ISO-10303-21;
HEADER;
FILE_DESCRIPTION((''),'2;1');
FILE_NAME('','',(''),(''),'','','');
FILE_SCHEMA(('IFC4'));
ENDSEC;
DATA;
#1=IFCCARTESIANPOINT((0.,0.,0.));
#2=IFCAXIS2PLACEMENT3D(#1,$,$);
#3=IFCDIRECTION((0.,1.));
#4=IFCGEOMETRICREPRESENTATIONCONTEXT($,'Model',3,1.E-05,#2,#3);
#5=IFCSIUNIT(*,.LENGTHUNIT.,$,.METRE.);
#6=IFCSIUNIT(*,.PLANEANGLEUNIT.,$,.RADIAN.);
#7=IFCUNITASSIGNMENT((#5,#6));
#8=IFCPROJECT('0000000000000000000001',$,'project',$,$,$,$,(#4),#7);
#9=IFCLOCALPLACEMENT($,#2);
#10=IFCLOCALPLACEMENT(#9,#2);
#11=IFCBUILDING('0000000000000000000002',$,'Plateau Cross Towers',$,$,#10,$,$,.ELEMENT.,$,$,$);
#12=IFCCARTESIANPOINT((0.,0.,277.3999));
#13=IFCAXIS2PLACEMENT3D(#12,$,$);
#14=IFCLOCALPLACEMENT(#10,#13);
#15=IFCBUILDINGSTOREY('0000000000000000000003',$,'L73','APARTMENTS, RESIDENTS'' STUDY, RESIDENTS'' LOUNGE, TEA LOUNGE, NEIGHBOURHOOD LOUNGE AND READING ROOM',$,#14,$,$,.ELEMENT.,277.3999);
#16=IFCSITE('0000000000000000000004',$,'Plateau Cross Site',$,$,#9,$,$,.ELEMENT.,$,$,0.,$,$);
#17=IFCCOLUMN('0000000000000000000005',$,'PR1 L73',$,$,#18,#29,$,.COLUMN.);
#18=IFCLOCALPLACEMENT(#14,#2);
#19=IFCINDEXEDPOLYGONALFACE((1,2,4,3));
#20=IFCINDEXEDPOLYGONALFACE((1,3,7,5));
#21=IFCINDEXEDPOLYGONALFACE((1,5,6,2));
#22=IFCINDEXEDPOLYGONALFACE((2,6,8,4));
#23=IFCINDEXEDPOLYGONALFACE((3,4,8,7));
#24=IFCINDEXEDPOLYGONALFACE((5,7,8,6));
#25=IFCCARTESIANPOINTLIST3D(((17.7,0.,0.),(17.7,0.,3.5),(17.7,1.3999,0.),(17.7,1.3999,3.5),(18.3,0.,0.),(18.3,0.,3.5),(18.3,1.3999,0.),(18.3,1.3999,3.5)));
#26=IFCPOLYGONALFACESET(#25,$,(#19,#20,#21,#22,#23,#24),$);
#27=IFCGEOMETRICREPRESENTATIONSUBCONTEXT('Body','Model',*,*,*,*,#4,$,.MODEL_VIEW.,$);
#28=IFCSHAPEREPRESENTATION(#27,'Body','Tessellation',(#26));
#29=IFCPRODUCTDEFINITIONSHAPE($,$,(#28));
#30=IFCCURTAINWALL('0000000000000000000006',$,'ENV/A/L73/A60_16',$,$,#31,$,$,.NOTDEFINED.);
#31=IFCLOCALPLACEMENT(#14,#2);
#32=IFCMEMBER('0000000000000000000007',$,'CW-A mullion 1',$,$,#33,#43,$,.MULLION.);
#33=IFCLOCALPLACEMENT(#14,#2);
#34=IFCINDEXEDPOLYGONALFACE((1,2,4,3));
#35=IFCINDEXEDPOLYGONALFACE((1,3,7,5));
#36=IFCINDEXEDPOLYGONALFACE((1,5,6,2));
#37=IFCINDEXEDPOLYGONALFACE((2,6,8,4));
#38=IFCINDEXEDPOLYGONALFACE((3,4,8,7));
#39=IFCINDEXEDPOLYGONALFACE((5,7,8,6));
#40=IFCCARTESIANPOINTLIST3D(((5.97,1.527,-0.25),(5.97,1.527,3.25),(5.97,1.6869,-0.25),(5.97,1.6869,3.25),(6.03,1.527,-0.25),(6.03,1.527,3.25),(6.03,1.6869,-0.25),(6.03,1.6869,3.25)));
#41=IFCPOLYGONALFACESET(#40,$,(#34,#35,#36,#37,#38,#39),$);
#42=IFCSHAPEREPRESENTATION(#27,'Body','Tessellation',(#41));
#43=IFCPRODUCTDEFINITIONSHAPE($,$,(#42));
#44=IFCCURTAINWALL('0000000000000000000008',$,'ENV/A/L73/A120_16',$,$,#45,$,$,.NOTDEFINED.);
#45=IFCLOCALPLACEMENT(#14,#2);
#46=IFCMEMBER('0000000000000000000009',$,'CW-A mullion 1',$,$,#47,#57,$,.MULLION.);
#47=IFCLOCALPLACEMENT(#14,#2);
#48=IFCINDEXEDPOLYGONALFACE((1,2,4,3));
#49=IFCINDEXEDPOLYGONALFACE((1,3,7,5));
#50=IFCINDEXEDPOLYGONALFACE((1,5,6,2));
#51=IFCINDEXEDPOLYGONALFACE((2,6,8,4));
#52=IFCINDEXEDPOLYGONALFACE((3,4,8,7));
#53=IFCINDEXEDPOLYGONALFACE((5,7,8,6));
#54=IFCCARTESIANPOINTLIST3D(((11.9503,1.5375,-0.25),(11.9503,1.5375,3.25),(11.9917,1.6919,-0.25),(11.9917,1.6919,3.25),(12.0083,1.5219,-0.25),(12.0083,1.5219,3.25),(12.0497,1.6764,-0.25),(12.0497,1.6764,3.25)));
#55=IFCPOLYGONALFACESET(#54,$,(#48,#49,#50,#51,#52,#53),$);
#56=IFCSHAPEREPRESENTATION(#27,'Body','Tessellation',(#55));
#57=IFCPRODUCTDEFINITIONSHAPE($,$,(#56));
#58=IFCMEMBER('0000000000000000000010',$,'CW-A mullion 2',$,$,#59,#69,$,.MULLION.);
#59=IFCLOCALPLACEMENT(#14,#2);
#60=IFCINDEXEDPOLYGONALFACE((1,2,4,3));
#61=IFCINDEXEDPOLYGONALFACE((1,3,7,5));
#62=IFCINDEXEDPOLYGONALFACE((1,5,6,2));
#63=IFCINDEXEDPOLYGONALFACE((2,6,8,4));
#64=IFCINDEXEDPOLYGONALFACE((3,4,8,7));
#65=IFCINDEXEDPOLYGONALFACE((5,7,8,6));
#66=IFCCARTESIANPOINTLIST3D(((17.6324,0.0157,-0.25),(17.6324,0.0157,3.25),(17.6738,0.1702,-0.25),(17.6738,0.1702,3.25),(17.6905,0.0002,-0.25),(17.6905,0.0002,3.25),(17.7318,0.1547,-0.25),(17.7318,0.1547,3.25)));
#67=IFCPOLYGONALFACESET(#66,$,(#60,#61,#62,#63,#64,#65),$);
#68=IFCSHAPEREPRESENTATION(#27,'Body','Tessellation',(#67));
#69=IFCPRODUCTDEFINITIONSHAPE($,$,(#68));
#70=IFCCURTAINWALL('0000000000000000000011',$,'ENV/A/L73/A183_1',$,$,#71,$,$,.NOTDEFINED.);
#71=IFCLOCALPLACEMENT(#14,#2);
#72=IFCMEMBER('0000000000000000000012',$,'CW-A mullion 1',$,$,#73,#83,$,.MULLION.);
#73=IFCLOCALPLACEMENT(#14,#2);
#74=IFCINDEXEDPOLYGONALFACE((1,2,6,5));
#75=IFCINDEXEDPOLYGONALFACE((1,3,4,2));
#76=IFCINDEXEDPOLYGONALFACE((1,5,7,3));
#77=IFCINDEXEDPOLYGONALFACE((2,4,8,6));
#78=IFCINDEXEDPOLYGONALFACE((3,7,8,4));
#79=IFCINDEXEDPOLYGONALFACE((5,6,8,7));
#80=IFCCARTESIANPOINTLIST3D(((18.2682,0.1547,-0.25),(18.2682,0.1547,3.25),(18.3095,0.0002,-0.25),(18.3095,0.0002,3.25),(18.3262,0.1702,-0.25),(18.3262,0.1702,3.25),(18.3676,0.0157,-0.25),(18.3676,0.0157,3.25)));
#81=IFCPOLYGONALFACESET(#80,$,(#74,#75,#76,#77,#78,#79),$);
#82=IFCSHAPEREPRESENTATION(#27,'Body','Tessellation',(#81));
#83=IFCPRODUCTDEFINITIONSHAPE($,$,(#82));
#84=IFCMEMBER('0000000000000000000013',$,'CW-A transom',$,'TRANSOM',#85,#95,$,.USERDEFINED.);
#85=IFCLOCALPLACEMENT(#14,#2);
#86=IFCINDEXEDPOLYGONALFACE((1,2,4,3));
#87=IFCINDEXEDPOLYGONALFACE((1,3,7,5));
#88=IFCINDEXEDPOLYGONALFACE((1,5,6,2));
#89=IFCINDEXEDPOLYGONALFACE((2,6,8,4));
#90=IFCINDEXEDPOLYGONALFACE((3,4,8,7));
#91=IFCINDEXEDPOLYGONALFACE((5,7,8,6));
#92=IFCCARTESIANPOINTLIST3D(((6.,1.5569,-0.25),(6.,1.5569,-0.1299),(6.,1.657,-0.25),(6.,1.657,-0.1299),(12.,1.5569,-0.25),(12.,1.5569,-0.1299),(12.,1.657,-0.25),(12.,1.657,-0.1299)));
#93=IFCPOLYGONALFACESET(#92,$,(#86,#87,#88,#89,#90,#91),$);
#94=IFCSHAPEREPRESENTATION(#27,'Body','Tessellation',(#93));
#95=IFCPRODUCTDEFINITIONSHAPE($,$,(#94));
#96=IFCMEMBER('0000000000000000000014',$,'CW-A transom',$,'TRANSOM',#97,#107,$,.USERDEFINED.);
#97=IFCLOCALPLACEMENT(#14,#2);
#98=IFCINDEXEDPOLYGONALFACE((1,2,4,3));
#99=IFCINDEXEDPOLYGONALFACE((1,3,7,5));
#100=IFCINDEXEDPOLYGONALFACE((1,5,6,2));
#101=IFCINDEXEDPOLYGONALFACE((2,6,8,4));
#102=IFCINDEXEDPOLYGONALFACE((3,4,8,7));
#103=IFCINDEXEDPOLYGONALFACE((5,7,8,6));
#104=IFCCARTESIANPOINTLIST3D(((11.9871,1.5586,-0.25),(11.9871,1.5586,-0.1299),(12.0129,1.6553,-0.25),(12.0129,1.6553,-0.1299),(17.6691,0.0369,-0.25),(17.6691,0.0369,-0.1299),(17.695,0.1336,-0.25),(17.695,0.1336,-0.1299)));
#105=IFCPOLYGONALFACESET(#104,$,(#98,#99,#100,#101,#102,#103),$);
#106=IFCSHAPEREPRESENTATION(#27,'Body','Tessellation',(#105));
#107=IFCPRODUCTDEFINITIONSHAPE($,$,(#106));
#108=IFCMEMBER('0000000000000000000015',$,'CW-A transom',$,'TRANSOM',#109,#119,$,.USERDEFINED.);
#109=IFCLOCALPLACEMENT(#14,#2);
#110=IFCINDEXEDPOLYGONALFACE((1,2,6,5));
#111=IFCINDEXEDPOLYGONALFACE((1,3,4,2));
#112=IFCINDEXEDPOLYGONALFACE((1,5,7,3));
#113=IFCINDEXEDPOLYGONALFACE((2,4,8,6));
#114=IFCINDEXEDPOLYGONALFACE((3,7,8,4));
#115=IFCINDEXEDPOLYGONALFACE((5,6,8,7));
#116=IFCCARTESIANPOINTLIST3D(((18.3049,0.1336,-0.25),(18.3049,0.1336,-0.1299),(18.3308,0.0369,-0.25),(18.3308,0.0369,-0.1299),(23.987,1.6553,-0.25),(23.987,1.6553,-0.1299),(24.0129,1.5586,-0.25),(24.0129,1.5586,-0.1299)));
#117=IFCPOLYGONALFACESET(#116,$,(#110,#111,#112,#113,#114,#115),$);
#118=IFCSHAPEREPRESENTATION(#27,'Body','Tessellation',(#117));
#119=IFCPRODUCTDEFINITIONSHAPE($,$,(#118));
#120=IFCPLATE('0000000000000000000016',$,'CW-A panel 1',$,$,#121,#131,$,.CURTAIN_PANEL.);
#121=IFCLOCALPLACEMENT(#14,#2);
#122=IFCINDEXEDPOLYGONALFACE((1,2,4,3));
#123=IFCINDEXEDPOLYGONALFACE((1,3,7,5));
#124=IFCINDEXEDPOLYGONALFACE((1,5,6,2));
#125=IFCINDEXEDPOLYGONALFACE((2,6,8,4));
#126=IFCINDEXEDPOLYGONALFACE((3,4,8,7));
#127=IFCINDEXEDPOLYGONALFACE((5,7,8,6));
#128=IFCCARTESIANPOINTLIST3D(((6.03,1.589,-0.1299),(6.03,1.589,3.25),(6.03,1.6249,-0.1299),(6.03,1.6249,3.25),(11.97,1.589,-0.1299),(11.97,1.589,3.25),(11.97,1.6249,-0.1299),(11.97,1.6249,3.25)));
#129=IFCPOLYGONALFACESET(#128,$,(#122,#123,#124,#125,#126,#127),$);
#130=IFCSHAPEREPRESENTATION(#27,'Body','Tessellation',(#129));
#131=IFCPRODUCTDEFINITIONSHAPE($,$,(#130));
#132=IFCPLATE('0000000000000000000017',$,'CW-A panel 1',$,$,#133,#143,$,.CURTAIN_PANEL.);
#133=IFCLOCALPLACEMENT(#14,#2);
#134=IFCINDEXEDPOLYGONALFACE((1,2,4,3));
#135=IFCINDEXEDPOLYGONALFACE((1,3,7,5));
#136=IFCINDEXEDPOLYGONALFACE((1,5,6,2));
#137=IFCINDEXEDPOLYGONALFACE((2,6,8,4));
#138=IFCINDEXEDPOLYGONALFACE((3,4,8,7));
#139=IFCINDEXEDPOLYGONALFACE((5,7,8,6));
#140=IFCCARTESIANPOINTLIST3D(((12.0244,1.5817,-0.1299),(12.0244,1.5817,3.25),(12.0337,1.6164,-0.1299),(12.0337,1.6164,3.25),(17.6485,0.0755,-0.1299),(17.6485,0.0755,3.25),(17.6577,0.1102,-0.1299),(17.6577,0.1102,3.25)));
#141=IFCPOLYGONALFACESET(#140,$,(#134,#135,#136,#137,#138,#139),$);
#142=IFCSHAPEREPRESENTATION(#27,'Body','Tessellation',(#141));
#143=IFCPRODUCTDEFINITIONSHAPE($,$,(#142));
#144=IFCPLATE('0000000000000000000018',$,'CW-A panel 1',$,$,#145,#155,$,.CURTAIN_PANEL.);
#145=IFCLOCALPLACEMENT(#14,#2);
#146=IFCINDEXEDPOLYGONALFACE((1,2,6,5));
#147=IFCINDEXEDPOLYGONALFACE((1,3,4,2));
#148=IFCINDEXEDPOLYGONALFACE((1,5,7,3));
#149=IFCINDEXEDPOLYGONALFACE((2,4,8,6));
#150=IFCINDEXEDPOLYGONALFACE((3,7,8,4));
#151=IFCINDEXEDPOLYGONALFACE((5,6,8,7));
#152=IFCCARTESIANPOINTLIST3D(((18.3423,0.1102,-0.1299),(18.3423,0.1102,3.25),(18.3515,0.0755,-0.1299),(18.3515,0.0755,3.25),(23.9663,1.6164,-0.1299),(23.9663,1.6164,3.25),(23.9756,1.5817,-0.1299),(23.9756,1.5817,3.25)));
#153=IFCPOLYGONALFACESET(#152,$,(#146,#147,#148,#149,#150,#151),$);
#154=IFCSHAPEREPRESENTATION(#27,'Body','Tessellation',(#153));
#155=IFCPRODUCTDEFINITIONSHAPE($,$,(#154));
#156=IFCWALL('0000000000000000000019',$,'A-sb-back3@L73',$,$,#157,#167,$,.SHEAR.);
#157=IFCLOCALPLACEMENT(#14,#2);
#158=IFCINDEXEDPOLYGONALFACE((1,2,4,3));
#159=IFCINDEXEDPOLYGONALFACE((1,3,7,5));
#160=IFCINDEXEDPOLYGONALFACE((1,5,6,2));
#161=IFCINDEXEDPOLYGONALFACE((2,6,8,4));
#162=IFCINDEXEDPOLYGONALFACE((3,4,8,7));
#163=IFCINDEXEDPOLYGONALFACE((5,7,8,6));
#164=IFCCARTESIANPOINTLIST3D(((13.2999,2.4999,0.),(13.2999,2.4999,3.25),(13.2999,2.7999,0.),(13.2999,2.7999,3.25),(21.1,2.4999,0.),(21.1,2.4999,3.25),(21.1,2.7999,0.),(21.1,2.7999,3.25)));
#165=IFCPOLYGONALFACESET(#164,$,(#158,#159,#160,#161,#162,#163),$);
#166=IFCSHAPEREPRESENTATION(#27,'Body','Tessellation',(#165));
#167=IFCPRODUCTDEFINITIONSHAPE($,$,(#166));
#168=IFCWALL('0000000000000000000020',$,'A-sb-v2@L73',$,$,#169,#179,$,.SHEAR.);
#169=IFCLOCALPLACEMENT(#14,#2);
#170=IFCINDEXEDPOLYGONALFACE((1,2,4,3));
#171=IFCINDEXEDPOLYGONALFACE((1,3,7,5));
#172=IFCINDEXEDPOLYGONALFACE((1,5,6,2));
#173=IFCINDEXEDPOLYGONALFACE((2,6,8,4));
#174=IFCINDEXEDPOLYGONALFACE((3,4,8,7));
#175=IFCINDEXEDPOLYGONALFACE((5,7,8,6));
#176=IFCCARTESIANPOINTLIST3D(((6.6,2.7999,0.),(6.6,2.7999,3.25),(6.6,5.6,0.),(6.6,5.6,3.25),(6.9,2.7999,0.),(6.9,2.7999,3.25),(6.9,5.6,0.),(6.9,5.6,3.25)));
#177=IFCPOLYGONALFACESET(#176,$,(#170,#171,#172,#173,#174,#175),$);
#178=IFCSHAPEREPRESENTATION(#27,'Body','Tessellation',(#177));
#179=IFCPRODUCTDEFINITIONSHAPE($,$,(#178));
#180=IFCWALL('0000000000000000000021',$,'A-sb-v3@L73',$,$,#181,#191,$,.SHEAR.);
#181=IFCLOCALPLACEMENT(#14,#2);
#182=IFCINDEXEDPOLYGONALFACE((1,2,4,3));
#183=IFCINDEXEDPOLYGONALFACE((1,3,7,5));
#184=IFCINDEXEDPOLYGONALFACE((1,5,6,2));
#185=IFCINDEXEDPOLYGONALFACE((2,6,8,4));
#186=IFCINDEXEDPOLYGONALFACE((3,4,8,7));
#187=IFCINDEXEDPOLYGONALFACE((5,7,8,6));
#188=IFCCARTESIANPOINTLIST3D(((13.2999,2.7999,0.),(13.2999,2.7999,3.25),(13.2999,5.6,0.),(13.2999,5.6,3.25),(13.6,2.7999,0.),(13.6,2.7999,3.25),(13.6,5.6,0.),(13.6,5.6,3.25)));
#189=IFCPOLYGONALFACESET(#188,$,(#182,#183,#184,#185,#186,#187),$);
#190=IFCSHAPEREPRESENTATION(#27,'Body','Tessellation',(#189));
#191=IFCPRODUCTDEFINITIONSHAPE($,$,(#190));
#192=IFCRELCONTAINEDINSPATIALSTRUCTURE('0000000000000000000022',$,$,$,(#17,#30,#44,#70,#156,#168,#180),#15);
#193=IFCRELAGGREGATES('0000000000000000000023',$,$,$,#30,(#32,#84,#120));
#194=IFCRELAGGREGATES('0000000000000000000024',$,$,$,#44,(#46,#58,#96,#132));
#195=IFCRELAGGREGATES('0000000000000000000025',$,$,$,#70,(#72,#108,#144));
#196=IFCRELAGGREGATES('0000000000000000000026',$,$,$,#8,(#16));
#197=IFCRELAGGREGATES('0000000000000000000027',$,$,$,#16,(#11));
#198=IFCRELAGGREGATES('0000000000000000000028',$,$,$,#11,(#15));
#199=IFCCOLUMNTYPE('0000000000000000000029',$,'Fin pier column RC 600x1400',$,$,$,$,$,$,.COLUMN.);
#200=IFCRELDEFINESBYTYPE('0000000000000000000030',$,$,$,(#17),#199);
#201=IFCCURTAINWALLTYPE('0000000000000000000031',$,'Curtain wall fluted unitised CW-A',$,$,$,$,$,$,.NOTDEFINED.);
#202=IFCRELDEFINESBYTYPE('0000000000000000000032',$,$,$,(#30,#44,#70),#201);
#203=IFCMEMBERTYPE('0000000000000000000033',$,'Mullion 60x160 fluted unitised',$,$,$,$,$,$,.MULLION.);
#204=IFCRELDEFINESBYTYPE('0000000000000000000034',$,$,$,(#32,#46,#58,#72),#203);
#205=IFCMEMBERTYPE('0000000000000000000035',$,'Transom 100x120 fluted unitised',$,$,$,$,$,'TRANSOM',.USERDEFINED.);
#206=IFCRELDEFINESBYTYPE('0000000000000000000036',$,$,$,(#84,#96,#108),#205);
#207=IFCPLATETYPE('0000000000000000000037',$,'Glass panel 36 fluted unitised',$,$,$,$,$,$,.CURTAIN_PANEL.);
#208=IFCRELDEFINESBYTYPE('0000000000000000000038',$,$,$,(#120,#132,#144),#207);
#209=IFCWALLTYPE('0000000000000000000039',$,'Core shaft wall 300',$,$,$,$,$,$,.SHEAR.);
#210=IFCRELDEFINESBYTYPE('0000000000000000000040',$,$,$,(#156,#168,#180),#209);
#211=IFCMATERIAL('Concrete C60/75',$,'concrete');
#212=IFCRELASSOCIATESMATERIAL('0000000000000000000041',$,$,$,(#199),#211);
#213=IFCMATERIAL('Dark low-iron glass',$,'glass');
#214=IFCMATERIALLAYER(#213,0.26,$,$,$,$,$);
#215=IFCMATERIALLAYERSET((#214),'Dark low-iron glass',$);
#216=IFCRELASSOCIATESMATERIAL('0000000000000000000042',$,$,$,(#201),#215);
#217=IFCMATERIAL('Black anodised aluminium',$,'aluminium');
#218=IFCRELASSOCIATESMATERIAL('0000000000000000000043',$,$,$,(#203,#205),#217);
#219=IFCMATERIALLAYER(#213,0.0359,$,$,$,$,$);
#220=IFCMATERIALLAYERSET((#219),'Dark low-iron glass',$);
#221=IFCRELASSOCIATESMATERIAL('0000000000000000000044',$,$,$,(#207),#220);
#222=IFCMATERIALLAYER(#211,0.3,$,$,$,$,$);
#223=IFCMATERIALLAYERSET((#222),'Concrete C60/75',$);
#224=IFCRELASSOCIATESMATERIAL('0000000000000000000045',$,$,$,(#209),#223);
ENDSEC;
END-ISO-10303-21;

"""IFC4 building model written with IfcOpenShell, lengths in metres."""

from ifc_helpers import new_model, si_unit, direction, frame, frame_2d, origin, origin_2d, place, context, subcontext, project, spatial, rectangle, extrude, material, layer, layer_set, material_profile, profile_set, type_object, element, aggregate, save


model = new_model("IFC4")

# Units and contexts
model_context = context("Model", 3, precision=1e-05, world=origin(), true_north=direction((0.0, 1.0)))
body_context = subcontext(model_context, "Body", "Model", "MODEL_VIEW")
ifc_project = project(units=[si_unit("LENGTHUNIT", "METRE"), si_unit("PLANEANGLEUNIT", "RADIAN")], contexts=[model_context])

# Site, building, storey
site_placement = place(None, origin())
site = spatial("IfcSite", under=ifc_project, at=site_placement, Name="Plateau Cross Site", CompositionType="ELEMENT", RefElevation=0.0)
building_placement = place(site_placement, origin())
building = spatial("IfcBuilding", under=site, at=building_placement, Name="Plateau Cross Towers", CompositionType="ELEMENT")
storey_placement = place(building_placement, frame((0.0, 0.0, 277.3999)))
storey = spatial("IfcBuildingStorey", under=building, at=storey_placement, Name="L73", Description="APARTMENTS, RESIDENTS' STUDY, RESIDENTS' LOUNGE, TEA LOUNGE, NEIGHBOURHOOD LOUNGE AND READING ROOM", CompositionType="ELEMENT", Elevation=277.3999)

# Column
ifc_material_1 = material(Name="Concrete C60/75", Category="concrete")
ifc_material_profile_1 = material_profile(ifc_material_1, rectangle(XDim=0.6001, YDim=1.3999, at=origin_2d()), Name="RC 600x1400")
ifc_profile_set_1 = profile_set([ifc_material_profile_1], Name="Concrete C60/75")
column_type = type_object("IfcColumnType", Name="Fin pier column RC 600x1400", PredefinedType="COLUMN", material=ifc_profile_set_1)
column_placement = place(storey_placement, frame((18.0, 0.7, 0.0), z_axis=(0.0, 0.0, 1.0), x_axis=(1.0, 0.0, 0.0)))
element("IfcColumn", 1, at=column_placement, inside=storey, type_object=column_type, Name="PR1 L73", PredefinedType="COLUMN", context=body_context, shape_type="SweptSolid", body=[
    extrude(rectangle(XDim=0.6001, YDim=1.3999, at=origin_2d()), origin(), (0.0, 0.0, 1.0), 3.5),
])

# Curtain wall, member
ifc_material_2 = material(Name="Dark low-iron glass", Category="glass")
ifc_layer_1 = layer(ifc_material_2, 0.26)
ifc_layer_set_1 = layer_set([ifc_layer_1], Name="Dark low-iron glass")
curtain_wall_type = type_object("IfcCurtainWallType", Name="Curtain wall fluted unitised CW-A", PredefinedType="NOTDEFINED", material=ifc_layer_set_1)
curtain_wall_1_placement = place(storey_placement, origin())
curtain_wall_1 = element("IfcCurtainWall", 2, at=curtain_wall_1_placement, inside=storey, type_object=curtain_wall_type, Name="ENV/A/L73/A60_16", PredefinedType="NOTDEFINED")
ifc_material_3 = material(Name="Black anodised aluminium", Category="aluminium")
ifc_material_profile_2 = material_profile(ifc_material_3, rectangle(XDim=0.0601, YDim=0.1599, at=origin_2d()), Name="MULLION 60x160")
ifc_profile_set_2 = profile_set([ifc_material_profile_2], Name="Black anodised aluminium")
member_type_1 = type_object("IfcMemberType", Name="Mullion 60x160 fluted unitised", PredefinedType="MULLION", material=ifc_profile_set_2)
member_1_placement = place(storey_placement, frame((6.0, 1.6069, -0.25), z_axis=(0.0, 0.0, 1.0), x_axis=(1.0, 0.0, 0.0)))
member_1 = element("IfcMember", 3, at=member_1_placement, type_object=member_type_1, Name="CW-A mullion 1", PredefinedType="MULLION", context=body_context, shape_type="SweptSolid", body=[
    extrude(rectangle(XDim=0.0601, YDim=0.1599, at=origin_2d()), origin(), (0.0, 0.0, 1.0), 3.5),
])

# Curtain wall, members
curtain_wall_2_placement = place(storey_placement, origin())
curtain_wall_2 = element("IfcCurtainWall", 4, at=curtain_wall_2_placement, inside=storey, type_object=curtain_wall_type, Name="ENV/A/L73/A120_16", PredefinedType="NOTDEFINED")
member_2_placement = place(storey_placement, frame((12.0, 1.6069, -0.25), z_axis=(0.0, 0.0, 1.0), x_axis=(0.965958, -0.258699, 0.0)))
member_2 = element("IfcMember", 5, at=member_2_placement, type_object=member_type_1, Name="CW-A mullion 1", PredefinedType="MULLION", context=body_context, shape_type="SweptSolid", body=[
    extrude(rectangle(XDim=0.0601, YDim=0.1599, at=origin_2d()), origin(), (0.0, 0.0, 1.0), 3.5),
])
member_3_placement = place(storey_placement, frame((17.6821, 0.0852, -0.25), z_axis=(0.0, 0.0, 1.0), x_axis=(0.965958, -0.258699, 0.0)))
member_3 = element("IfcMember", 6, at=member_3_placement, type_object=member_type_1, Name="CW-A mullion 2", PredefinedType="MULLION", context=body_context, shape_type="SweptSolid", body=[
    extrude(rectangle(XDim=0.0601, YDim=0.1599, at=origin_2d()), origin(), (0.0, 0.0, 1.0), 3.5),
])

# Curtain wall, member
curtain_wall_3_placement = place(storey_placement, origin())
curtain_wall_3 = element("IfcCurtainWall", 7, at=curtain_wall_3_placement, inside=storey, type_object=curtain_wall_type, Name="ENV/A/L73/A183_1", PredefinedType="NOTDEFINED")
member_4_placement = place(storey_placement, frame((18.3179, 0.0852, -0.25), z_axis=(0.0, 0.0, 1.0), x_axis=(0.965958, 0.258699, 0.0)))
member_4 = element("IfcMember", 8, at=member_4_placement, type_object=member_type_1, Name="CW-A mullion 1", PredefinedType="MULLION", context=body_context, shape_type="SweptSolid", body=[
    extrude(rectangle(XDim=0.0601, YDim=0.1599, at=origin_2d()), origin(), (0.0, 0.0, 1.0), 3.5),
])

# Members
ifc_material_profile_3 = material_profile(ifc_material_3, rectangle(XDim=0.1001, YDim=0.1201, at=origin_2d()), Name="TRANSOM 100x120")
ifc_profile_set_3 = profile_set([ifc_material_profile_3], Name="Black anodised aluminium")
member_type_2 = type_object("IfcMemberType", Name="Transom 100x120 fluted unitised", ElementType="TRANSOM", PredefinedType="USERDEFINED", material=ifc_profile_set_3)
member_5_placement = place(storey_placement, frame((6.0, 1.6069, -0.1899), z_axis=(1.0, 0.0, 0.0), x_axis=(0.0, 1.0, 0.0)))
member_5 = element("IfcMember", 9, at=member_5_placement, type_object=member_type_2, Name="CW-A transom", ObjectType="TRANSOM", PredefinedType="USERDEFINED", context=body_context, shape_type="SweptSolid", body=[
    extrude(rectangle(XDim=0.1001, YDim=0.1201, at=origin_2d()), origin(), (0.0, 0.0, 1.0), 6.0),
])
member_6_placement = place(storey_placement, frame((12.0, 1.6069, -0.1899), z_axis=(0.96596, -0.258693, 0.0), x_axis=(0.258693, 0.96596, 0.0)))
member_6 = element("IfcMember", 10, at=member_6_placement, type_object=member_type_2, Name="CW-A transom", ObjectType="TRANSOM", PredefinedType="USERDEFINED", context=body_context, shape_type="SweptSolid", body=[
    extrude(rectangle(XDim=0.1001, YDim=0.1201, at=origin_2d()), origin(), (0.0, 0.0, 1.0), 5.8823),
])
member_7_placement = place(storey_placement, frame((18.3179, 0.0852, -0.1899), z_axis=(0.96596, 0.258693, 0.0), x_axis=(-0.258693, 0.96596, 0.0)))
member_7 = element("IfcMember", 11, at=member_7_placement, type_object=member_type_2, Name="CW-A transom", ObjectType="TRANSOM", PredefinedType="USERDEFINED", context=body_context, shape_type="SweptSolid", body=[
    extrude(rectangle(XDim=0.1001, YDim=0.1201, at=origin_2d()), origin(), (0.0, 0.0, 1.0), 5.8823),
])

# Plates
ifc_layer_2 = layer(ifc_material_2, 0.0359)
ifc_layer_set_2 = layer_set([ifc_layer_2], Name="Dark low-iron glass")
plate_type = type_object("IfcPlateType", Name="Glass panel 36 fluted unitised", PredefinedType="CURTAIN_PANEL", material=ifc_layer_set_2)
plate_1_placement = place(storey_placement, frame((9.0, 1.6069, -0.1299), z_axis=(0.0, 0.0, 1.0), x_axis=(1.0, 0.0, 0.0)))
plate_1 = element("IfcPlate", 12, at=plate_1_placement, type_object=plate_type, Name="CW-A panel 1", PredefinedType="CURTAIN_PANEL", context=body_context, shape_type="SweptSolid", body=[
    extrude(rectangle(XDim=5.9399, YDim=0.0359, at=origin_2d()), origin(), (0.0, 0.0, 1.0), 3.3799),
])
aggregate(curtain_wall_1, [member_1, member_5, plate_1])
plate_2_placement = place(storey_placement, frame((14.8411, 0.8459, -0.1299), z_axis=(0.0, 0.0, 1.0), x_axis=(0.965958, -0.258699, 0.0)))
plate_2 = element("IfcPlate", 13, at=plate_2_placement, type_object=plate_type, Name="CW-A panel 1", PredefinedType="CURTAIN_PANEL", context=body_context, shape_type="SweptSolid", body=[
    extrude(rectangle(XDim=5.8223, YDim=0.0359, at=origin_2d()), origin(), (0.0, 0.0, 1.0), 3.3799),
])
aggregate(curtain_wall_2, [member_2, member_3, member_6, plate_2])
plate_3_placement = place(storey_placement, frame((21.1589, 0.8459, -0.1299), z_axis=(0.0, 0.0, 1.0), x_axis=(0.965958, 0.258699, 0.0)))
plate_3 = element("IfcPlate", 14, at=plate_3_placement, type_object=plate_type, Name="CW-A panel 1", PredefinedType="CURTAIN_PANEL", context=body_context, shape_type="SweptSolid", body=[
    extrude(rectangle(XDim=5.8223, YDim=0.0359, at=origin_2d()), origin(), (0.0, 0.0, 1.0), 3.3799),
])
aggregate(curtain_wall_3, [member_4, member_7, plate_3])

# Walls
ifc_layer_3 = layer(ifc_material_1, 0.3)
ifc_layer_set_3 = layer_set([ifc_layer_3], Name="Concrete C60/75")
wall_type_1 = type_object("IfcWallType", Name="Core shaft wall 300", PredefinedType="SHEAR", material=ifc_layer_set_3)
wall_1_placement = place(storey_placement, frame((13.3, 2.6499, 0.0), z_axis=(0.0, 0.0, 1.0), x_axis=(1.0, 0.0, 0.0)))
element("IfcWall", 15, at=wall_1_placement, inside=storey, type_object=wall_type_1, Name="A-sb-back3@L73", PredefinedType="SHEAR", context=body_context, shape_type="SweptSolid", body=[
    extrude(rectangle(XDim=7.8, YDim=0.3, at=frame_2d((3.8999, 0.0))), origin(), (0.0, 0.0, 1.0), 3.25),
])
for number, where, z_axis, x_axis, name in (
    (16, (6.75, 2.8, 0.0), (0.0, 0.0, 1.0), (0.0, 1.0, 0.0), "A-sb-v2@L73"),
    (17, (13.45, 2.8, 0.0), (0.0, 0.0, 1.0), (0.0, 1.0, 0.0), "A-sb-v3@L73"),
):
    element("IfcWall", number, at=place(storey_placement, frame(where, z_axis=z_axis, x_axis=x_axis)), inside=storey, type_object=wall_type_1, Name=name, PredefinedType="SHEAR", context=body_context, shape_type="SweptSolid", body=[
        extrude(rectangle(XDim=2.8, YDim=0.3, at=frame_2d((1.3999, 0.0))), origin(), (0.0, 0.0, 1.0), 3.25),
    ])

save(model, "model.ifc")
